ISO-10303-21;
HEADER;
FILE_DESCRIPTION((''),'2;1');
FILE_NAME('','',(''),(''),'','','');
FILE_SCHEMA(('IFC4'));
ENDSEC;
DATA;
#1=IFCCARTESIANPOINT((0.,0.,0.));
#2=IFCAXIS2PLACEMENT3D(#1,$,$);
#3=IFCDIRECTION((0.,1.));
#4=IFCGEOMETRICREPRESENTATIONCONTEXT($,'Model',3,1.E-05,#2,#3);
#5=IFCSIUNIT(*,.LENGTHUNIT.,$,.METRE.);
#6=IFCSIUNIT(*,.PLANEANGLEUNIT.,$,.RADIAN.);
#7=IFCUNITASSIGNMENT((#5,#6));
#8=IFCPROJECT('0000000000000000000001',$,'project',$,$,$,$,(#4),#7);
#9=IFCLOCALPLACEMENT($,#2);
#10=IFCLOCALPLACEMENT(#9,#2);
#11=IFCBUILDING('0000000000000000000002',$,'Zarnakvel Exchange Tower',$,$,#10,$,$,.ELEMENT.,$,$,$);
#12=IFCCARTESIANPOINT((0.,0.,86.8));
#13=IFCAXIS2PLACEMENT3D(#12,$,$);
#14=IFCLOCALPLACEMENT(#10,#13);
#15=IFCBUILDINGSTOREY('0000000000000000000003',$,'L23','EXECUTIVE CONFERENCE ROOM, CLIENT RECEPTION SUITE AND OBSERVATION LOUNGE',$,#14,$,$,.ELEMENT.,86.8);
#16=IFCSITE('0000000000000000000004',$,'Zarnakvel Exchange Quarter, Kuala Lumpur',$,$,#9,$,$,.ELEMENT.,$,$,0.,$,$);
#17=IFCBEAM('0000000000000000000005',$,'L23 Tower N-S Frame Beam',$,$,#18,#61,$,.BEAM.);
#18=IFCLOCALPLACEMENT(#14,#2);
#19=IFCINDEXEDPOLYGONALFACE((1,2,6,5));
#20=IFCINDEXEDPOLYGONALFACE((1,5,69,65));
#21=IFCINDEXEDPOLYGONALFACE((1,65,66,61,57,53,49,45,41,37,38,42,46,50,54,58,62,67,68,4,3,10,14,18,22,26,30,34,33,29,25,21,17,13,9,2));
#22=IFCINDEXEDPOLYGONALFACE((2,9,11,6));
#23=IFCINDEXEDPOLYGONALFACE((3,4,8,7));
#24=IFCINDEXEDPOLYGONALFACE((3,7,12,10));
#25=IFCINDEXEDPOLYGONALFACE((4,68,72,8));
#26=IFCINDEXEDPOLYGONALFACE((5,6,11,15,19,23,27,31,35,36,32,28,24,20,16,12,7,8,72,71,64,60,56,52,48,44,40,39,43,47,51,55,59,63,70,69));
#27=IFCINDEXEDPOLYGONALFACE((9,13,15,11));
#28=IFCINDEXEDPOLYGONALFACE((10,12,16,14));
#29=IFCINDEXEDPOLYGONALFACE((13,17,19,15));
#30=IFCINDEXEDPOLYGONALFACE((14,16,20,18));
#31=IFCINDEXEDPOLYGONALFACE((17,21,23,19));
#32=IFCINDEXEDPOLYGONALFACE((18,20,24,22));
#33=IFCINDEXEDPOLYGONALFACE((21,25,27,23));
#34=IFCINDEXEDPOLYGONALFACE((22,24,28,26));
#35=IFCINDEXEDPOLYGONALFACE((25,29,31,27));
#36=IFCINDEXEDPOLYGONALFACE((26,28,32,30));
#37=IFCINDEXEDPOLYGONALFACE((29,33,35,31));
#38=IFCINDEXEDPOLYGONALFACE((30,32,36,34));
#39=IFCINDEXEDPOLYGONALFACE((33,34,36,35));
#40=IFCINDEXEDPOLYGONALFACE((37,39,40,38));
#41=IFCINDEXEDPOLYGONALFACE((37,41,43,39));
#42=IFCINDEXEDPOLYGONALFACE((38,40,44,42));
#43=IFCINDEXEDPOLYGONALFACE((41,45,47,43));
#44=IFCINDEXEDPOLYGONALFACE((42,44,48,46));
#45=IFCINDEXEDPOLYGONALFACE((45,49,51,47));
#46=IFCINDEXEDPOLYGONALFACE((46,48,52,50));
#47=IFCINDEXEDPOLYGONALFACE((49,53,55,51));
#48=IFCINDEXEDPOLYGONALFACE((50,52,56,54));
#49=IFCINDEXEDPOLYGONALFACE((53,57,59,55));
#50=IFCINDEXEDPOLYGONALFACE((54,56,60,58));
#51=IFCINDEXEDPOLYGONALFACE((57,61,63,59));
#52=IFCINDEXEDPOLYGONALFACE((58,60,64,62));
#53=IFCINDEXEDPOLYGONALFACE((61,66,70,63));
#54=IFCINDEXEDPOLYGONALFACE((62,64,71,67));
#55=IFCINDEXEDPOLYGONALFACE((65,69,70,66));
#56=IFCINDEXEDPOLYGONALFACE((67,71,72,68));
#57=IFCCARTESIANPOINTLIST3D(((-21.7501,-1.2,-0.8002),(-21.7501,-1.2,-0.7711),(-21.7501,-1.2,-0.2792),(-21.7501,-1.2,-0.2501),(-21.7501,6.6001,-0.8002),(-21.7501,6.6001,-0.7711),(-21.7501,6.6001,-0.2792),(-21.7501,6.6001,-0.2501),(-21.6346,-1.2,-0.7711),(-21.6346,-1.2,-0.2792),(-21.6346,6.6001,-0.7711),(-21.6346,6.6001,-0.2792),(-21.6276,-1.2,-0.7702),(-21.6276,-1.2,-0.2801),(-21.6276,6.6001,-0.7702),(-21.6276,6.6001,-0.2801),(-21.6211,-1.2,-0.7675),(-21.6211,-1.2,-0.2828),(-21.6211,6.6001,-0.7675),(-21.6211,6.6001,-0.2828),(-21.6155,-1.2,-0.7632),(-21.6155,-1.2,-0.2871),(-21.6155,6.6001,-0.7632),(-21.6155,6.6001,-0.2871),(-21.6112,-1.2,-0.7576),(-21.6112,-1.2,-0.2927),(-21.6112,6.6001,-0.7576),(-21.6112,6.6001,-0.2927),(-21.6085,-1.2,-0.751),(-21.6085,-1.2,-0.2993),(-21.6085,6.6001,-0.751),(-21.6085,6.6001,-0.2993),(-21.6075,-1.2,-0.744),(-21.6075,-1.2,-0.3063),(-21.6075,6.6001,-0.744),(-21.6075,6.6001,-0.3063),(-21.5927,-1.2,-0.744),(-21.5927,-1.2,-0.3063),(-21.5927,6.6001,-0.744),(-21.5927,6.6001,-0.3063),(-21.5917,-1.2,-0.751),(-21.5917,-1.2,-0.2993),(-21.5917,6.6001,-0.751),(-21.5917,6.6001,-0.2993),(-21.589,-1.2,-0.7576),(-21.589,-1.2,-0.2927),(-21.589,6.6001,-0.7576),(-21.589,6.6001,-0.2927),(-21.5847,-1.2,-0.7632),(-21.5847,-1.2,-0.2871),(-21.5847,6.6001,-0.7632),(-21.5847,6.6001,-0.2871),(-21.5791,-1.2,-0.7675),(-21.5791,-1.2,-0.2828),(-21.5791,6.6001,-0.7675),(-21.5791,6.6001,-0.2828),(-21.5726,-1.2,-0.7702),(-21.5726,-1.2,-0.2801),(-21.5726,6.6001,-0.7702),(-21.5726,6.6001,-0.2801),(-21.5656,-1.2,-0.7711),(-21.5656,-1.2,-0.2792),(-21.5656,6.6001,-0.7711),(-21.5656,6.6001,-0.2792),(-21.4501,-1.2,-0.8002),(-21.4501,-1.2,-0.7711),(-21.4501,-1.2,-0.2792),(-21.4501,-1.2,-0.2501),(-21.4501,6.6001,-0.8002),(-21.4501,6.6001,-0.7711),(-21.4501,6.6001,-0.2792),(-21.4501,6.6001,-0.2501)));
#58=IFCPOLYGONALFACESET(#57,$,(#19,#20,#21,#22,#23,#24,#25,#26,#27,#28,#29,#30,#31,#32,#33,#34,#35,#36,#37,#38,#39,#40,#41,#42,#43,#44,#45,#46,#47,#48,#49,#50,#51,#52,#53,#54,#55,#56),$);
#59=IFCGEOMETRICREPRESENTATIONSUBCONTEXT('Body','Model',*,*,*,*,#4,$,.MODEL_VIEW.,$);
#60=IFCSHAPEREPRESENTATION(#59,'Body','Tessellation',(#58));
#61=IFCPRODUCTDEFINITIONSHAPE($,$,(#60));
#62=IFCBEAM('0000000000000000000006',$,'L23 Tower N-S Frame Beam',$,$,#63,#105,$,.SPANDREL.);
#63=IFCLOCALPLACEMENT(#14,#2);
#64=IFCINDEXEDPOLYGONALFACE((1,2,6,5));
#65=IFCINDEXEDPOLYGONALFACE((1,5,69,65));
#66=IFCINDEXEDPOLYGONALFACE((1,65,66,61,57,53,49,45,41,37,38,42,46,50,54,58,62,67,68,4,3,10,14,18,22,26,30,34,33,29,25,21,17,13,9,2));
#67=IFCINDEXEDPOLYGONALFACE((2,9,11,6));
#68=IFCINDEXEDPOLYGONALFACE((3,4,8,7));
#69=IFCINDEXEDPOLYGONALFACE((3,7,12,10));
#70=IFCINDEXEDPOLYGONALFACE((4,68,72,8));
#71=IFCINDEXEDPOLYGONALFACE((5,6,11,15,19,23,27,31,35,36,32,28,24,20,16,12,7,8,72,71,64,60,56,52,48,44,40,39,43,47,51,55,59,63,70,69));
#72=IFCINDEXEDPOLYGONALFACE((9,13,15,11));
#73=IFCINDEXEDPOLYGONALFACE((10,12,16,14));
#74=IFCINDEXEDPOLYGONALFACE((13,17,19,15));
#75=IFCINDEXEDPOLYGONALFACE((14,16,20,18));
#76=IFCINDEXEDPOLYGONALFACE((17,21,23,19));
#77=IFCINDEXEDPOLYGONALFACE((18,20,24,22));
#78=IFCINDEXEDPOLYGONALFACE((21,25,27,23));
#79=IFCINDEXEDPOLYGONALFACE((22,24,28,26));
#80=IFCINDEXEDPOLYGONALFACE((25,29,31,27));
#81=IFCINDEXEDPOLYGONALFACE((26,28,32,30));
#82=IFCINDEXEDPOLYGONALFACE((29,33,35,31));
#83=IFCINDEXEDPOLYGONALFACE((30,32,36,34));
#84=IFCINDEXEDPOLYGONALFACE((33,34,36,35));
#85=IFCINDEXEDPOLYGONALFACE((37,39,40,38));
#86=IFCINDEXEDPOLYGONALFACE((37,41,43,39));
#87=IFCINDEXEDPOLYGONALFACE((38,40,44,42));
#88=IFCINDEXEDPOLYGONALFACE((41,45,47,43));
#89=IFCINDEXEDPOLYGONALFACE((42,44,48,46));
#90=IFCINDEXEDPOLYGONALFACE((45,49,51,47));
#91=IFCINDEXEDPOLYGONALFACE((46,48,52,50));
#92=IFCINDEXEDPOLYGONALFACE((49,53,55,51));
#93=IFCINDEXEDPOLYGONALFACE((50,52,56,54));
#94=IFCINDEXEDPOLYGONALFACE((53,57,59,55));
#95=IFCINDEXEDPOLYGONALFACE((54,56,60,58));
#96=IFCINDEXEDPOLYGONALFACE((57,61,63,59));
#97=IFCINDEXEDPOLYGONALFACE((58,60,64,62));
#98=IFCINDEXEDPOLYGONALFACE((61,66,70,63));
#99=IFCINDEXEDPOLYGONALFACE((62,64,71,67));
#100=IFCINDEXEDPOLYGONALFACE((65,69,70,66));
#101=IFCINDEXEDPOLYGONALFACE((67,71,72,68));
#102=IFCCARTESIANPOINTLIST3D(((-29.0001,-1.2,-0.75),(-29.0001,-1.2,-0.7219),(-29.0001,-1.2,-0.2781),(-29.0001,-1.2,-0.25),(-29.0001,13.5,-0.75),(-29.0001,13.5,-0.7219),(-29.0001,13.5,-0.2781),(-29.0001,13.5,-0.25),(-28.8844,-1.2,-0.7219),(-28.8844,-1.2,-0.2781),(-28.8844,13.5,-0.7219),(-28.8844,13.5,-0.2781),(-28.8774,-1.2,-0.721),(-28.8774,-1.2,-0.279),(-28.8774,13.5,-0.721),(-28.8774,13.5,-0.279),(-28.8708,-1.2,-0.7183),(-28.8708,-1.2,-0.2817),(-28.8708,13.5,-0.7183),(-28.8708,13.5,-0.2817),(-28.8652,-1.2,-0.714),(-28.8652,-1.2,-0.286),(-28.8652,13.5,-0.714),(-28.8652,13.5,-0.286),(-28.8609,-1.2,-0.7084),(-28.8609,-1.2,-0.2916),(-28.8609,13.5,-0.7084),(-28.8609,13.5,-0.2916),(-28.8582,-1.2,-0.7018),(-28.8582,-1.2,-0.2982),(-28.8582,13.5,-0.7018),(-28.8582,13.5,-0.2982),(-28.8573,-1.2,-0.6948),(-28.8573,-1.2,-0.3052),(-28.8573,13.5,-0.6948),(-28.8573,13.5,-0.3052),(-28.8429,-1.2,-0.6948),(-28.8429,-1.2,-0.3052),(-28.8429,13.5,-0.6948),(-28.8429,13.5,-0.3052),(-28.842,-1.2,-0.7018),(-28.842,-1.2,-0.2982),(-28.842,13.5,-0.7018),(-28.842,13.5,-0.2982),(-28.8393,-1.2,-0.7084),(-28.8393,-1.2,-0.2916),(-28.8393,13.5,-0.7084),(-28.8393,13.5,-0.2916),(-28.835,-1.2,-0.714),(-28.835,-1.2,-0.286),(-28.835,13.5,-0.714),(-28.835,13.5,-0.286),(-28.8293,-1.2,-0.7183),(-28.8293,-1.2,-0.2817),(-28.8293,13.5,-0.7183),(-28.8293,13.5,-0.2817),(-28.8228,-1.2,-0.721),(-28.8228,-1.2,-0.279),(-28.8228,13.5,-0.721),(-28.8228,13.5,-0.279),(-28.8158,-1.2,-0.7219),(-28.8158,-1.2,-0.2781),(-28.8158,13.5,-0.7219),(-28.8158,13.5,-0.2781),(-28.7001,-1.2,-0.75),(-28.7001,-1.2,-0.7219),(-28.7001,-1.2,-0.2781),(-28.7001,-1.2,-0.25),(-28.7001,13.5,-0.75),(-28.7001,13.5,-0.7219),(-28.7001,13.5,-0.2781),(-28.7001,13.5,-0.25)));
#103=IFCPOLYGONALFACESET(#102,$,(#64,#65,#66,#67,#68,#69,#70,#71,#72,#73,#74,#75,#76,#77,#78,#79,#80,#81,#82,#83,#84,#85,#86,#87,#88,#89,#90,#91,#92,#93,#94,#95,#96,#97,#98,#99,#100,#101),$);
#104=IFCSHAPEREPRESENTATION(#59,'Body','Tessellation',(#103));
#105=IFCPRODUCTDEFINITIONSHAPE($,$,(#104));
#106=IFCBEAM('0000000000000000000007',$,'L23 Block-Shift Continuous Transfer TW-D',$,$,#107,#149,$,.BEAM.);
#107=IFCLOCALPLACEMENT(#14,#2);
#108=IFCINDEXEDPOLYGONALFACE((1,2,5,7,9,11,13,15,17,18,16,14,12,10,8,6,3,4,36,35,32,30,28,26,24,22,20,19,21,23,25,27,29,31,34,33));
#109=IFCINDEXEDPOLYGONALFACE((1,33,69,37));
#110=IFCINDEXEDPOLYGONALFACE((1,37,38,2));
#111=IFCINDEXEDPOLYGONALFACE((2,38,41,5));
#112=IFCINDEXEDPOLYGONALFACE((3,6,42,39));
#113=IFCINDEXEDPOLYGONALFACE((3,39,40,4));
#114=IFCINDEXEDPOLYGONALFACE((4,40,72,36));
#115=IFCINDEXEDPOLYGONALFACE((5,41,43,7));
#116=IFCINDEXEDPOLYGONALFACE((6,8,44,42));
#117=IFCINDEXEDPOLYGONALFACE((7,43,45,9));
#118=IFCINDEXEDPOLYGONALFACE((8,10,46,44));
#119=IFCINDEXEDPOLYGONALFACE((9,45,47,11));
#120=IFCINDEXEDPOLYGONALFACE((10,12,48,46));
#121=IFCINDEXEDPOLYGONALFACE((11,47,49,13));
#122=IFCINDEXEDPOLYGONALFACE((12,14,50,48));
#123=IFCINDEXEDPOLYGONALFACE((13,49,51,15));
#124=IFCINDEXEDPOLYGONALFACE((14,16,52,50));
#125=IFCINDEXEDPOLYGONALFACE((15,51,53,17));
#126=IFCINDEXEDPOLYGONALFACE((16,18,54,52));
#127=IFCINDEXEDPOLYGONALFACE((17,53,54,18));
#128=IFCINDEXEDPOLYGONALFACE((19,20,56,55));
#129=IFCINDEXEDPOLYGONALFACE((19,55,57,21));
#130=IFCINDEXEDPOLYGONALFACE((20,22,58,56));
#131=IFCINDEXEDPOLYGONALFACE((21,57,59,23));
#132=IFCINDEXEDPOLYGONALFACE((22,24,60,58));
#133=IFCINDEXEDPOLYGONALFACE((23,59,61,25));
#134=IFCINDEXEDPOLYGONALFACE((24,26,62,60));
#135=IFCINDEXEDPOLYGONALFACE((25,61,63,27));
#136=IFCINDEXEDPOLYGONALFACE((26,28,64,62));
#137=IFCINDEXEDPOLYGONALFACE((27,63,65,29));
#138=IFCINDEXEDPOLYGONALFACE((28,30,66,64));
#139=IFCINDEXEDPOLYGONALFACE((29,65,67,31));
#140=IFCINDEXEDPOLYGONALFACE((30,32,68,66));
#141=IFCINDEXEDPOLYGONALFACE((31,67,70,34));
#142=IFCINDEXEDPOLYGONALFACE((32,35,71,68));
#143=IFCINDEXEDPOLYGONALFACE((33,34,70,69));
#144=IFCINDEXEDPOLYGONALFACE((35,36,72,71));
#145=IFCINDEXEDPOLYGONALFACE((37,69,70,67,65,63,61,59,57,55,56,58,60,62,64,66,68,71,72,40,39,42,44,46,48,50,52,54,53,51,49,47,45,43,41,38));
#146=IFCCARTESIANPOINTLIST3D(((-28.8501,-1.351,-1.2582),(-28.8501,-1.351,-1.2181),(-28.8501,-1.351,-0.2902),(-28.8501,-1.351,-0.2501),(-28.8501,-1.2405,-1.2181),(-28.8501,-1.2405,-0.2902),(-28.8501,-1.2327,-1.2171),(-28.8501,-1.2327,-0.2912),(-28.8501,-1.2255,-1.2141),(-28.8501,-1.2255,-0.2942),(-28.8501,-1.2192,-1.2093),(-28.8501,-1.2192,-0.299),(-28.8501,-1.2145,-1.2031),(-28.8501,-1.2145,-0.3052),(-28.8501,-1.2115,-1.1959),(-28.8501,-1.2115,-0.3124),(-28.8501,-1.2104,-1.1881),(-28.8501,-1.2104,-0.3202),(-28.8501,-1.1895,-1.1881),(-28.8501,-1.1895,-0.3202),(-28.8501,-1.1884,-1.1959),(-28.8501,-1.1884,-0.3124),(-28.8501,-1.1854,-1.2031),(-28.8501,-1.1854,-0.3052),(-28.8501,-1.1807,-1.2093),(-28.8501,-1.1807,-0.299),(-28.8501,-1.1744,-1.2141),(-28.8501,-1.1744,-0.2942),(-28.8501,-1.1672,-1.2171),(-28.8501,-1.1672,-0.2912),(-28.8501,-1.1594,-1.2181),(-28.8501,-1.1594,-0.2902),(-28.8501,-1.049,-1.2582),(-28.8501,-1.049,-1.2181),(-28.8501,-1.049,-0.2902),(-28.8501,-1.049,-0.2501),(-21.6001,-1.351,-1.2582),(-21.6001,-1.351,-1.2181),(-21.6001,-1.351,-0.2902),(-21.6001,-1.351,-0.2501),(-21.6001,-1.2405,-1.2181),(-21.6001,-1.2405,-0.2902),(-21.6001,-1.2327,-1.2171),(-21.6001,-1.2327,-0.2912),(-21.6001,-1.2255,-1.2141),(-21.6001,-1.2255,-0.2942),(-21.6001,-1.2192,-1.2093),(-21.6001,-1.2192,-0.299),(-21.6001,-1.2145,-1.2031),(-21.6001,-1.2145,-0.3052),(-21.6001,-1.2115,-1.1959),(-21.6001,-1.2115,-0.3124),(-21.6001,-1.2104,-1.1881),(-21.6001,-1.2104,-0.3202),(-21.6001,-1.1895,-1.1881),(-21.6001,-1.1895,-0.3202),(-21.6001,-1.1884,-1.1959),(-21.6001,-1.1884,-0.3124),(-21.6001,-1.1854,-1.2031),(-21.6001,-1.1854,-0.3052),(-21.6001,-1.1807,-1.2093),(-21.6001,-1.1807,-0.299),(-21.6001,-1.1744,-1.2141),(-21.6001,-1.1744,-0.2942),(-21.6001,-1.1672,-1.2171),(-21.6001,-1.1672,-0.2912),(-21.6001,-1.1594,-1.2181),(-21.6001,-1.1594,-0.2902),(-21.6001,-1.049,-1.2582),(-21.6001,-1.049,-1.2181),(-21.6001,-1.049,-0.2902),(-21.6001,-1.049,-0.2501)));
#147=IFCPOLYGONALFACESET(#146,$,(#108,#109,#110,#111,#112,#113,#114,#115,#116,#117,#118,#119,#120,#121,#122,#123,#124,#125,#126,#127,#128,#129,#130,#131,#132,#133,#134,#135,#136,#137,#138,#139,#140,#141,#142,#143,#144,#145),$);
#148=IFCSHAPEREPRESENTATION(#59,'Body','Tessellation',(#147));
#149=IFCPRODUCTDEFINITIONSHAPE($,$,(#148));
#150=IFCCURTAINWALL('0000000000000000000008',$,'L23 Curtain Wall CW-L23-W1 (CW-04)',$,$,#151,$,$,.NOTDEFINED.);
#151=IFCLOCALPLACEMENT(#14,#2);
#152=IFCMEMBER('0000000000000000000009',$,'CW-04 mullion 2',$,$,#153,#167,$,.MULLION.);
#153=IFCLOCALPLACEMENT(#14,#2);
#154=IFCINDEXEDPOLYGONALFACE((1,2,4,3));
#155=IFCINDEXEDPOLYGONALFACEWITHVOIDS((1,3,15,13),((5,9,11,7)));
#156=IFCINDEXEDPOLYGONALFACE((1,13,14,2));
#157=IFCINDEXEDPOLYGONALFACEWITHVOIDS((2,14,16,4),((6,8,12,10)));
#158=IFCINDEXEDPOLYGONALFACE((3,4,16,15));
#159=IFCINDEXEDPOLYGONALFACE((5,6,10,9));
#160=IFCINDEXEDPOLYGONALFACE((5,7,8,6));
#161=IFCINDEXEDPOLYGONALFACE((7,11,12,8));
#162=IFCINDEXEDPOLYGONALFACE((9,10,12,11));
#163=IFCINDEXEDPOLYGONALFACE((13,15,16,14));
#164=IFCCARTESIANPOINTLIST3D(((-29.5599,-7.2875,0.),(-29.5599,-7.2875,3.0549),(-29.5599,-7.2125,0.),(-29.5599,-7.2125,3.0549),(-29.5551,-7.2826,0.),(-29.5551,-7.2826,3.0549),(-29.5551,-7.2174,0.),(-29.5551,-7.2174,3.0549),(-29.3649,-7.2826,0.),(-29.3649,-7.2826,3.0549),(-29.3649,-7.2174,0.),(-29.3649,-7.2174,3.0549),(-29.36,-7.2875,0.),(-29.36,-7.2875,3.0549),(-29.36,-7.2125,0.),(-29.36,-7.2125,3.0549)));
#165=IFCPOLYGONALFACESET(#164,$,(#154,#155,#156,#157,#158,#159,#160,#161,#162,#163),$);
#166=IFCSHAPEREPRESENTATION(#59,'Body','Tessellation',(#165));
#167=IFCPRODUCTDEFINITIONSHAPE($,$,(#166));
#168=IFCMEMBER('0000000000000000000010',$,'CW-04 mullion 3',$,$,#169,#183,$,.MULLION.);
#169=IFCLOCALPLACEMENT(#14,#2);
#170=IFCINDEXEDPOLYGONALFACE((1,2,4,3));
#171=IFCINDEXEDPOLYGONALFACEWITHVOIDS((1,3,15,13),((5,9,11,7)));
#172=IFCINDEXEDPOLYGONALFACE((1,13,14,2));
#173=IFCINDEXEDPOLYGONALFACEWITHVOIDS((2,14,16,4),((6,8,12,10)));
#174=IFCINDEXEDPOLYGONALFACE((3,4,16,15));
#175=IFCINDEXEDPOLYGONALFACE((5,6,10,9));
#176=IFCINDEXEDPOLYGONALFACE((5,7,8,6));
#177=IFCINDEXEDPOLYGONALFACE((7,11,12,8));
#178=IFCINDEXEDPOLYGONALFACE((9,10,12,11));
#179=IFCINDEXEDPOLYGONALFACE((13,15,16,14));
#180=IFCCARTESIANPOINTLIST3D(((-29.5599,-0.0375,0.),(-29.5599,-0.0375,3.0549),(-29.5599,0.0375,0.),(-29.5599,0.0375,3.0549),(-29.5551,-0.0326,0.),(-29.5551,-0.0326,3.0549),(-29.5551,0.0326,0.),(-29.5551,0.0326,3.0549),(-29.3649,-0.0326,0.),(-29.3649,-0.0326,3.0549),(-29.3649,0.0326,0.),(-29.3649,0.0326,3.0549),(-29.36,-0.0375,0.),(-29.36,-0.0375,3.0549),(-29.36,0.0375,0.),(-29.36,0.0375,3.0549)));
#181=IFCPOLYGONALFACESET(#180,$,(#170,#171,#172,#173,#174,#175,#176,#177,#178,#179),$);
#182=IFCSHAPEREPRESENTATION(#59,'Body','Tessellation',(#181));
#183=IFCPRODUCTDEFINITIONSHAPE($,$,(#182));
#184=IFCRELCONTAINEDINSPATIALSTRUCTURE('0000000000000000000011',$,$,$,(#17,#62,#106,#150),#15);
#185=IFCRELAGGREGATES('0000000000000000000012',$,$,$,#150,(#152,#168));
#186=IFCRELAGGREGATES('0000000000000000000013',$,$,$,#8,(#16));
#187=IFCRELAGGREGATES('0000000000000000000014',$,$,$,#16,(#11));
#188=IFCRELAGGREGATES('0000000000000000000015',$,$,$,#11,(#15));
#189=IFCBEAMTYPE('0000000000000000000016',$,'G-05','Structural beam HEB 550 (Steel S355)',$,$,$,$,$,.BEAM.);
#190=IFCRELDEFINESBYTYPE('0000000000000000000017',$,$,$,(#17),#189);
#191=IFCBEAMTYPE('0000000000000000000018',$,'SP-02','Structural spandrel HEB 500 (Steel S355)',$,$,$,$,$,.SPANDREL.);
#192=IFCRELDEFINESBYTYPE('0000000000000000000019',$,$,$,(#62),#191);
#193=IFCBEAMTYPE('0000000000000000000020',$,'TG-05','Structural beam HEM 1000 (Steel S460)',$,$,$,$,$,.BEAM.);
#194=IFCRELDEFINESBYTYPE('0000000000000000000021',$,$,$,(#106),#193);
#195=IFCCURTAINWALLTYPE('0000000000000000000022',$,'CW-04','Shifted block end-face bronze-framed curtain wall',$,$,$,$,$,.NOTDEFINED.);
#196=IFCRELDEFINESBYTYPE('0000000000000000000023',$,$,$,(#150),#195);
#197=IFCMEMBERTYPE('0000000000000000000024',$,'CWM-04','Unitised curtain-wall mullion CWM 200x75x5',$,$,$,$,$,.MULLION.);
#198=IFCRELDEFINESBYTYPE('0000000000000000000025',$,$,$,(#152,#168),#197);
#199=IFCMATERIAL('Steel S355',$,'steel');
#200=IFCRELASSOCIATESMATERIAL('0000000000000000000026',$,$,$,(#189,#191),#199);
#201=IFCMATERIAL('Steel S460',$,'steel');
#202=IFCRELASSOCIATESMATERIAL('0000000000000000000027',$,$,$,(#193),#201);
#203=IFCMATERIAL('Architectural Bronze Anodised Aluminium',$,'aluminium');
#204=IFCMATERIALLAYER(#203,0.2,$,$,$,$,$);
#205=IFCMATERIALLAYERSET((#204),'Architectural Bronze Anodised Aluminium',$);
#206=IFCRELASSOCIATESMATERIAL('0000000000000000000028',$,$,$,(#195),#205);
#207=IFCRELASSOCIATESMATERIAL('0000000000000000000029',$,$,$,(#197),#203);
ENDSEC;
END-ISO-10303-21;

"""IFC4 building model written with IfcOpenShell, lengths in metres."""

from ifc_helpers import new_model, si_unit, direction, frame, origin, origin_2d, place, context, subcontext, project, spatial, hollow_rectangle, i_section, extrude, source, transform, mapped, material, layer, layer_set, material_profile, profile_set, type_object, element, aggregate, save


model = new_model("IFC4")

# Units and contexts
model_context = context("Model", 3, precision=1e-05, world=origin(), true_north=direction((0.0, 1.0)))
body_context = subcontext(model_context, "Body", "Model", "MODEL_VIEW")
ifc_project = project(units=[si_unit("LENGTHUNIT", "METRE"), si_unit("PLANEANGLEUNIT", "RADIAN")], contexts=[model_context])

# Site, building, storey
site_placement = place(None, origin())
site = spatial("IfcSite", under=ifc_project, at=site_placement, Name="Zarnakvel Exchange Quarter, Kuala Lumpur", CompositionType="ELEMENT", RefElevation=0.0)
building_placement = place(site_placement, origin())
building = spatial("IfcBuilding", under=site, at=building_placement, Name="Zarnakvel Exchange Tower", CompositionType="ELEMENT")
storey_placement = place(building_placement, frame((0.0, 0.0, 86.8)))
storey = spatial("IfcBuildingStorey", under=building, at=storey_placement, Name="L23", Description="EXECUTIVE CONFERENCE ROOM, CLIENT RECEPTION SUITE AND OBSERVATION LOUNGE", CompositionType="ELEMENT", Elevation=86.8)

# Shared definitions
ifc_material_1 = material(Name="Steel S355", Category="steel")

# Beams
ifc_material_profile_1 = material_profile(ifc_material_1, i_section(OverallWidth=0.3, OverallDepth=0.55, WebThickness=0.0149, FlangeThickness=0.0291, FilletRadius=0.0271, at=origin_2d()))
ifc_profile_set_1 = profile_set([ifc_material_profile_1], Name="Steel S355")
beam_type_1 = type_object("IfcBeamType", Name="G-05", Description="Structural beam HEB 550 (Steel S355)", PredefinedType="BEAM", material=ifc_profile_set_1)
beam_1_placement = place(storey_placement, frame((-21.6001, -1.2, -0.5251), z_axis=(0.0, 1.0, 0.0), x_axis=(-1.0, 0.0, 0.0)))
element("IfcBeam", 1, at=beam_1_placement, inside=storey, type_object=beam_type_1, Name="L23 Tower N-S Frame Beam", PredefinedType="BEAM", context=body_context, shape_type="SweptSolid", body=[
    extrude(i_section(OverallWidth=0.3, OverallDepth=0.55, WebThickness=0.0149, FlangeThickness=0.0291, FilletRadius=0.0271, at=origin_2d()), origin(), (0.0, 0.0, 1.0), 7.8),
])
ifc_material_profile_2 = material_profile(ifc_material_1, i_section(OverallWidth=0.3, OverallDepth=0.5, WebThickness=0.0144, FlangeThickness=0.0281, FilletRadius=0.0271, at=origin_2d()))
ifc_profile_set_2 = profile_set([ifc_material_profile_2], Name="Steel S355")
beam_type_2 = type_object("IfcBeamType", Name="SP-02", Description="Structural spandrel HEB 500 (Steel S355)", PredefinedType="SPANDREL", material=ifc_profile_set_2)
beam_2_placement = place(storey_placement, frame((-28.8501, -1.2, -0.5), z_axis=(0.0, 1.0, 0.0), x_axis=(-1.0, 0.0, 0.0)))
element("IfcBeam", 2, at=beam_2_placement, inside=storey, type_object=beam_type_2, Name="L23 Tower N-S Frame Beam", PredefinedType="SPANDREL", context=body_context, shape_type="SweptSolid", body=[
    extrude(i_section(OverallWidth=0.3, OverallDepth=0.5, WebThickness=0.0144, FlangeThickness=0.0281, FilletRadius=0.0271, at=origin_2d()), origin(), (0.0, 0.0, 1.0), 14.7),
])
ifc_material_2 = material(Name="Steel S460", Category="steel")
ifc_material_profile_3 = material_profile(ifc_material_2, i_section(OverallWidth=0.302, OverallDepth=1.0081, WebThickness=0.021, FlangeThickness=0.04, FilletRadius=0.03, at=origin_2d()))
ifc_profile_set_3 = profile_set([ifc_material_profile_3], Name="Steel S460")
beam_type_3 = type_object("IfcBeamType", Name="TG-05", Description="Structural beam HEM 1000 (Steel S460)", PredefinedType="BEAM", material=ifc_profile_set_3)
beam_3_placement = place(storey_placement, frame((-28.8501, -1.2, -0.7542), z_axis=(1.0, 0.0, 0.0), x_axis=(0.0, 1.0, 0.0)))
element("IfcBeam", 3, at=beam_3_placement, inside=storey, type_object=beam_type_3, Name="L23 Block-Shift Continuous Transfer TW-D", PredefinedType="BEAM", context=body_context, shape_type="SweptSolid", body=[
    extrude(i_section(OverallWidth=0.302, OverallDepth=1.0081, WebThickness=0.021, FlangeThickness=0.04, FilletRadius=0.03, at=origin_2d()), origin(), (0.0, 0.0, 1.0), 7.25),
])

# Curtain wall, members
ifc_material_3 = material(Name="Architectural Bronze Anodised Aluminium", Category="aluminium")
ifc_layer_1 = layer(ifc_material_3, 0.2)
ifc_layer_set_1 = layer_set([ifc_layer_1], Name="Architectural Bronze Anodised Aluminium")
curtain_wall_type = type_object("IfcCurtainWallType", Name="CW-04", Description="Shifted block end-face bronze-framed curtain wall", PredefinedType="NOTDEFINED", material=ifc_layer_set_1)
curtain_wall_placement = place(storey_placement, origin())
curtain_wall = element("IfcCurtainWall", 4, at=curtain_wall_placement, inside=storey, type_object=curtain_wall_type, Name="L23 Curtain Wall CW-L23-W1 (CW-04)", PredefinedType="NOTDEFINED")
ifc_material_profile_4 = material_profile(ifc_material_3, hollow_rectangle(XDim=0.2, YDim=0.075, WallThickness=0.0049, at=origin_2d()))
ifc_profile_set_4 = profile_set([ifc_material_profile_4], Name="Architectural Bronze Anodised Aluminium")
member_type_1 = type_object("IfcMemberType", Name="CWM-04", Description="Unitised curtain-wall mullion CWM 200x75x5", PredefinedType="MULLION", material=ifc_profile_set_4)
shared_shape_1 = source(origin(), body_context, "Body", "SweptSolid", [
    extrude(hollow_rectangle(XDim=0.2, YDim=0.075, WallThickness=0.0049, at=origin_2d()), origin(), (0.0, 0.0, 1.0), 3.0549),
])
member_1_placement = place(storey_placement, frame((-29.46, -7.25, 0.0), z_axis=(0.0, 0.0, 1.0), x_axis=(-1.0, 0.0, 0.0)))
member_1 = element("IfcMember", 5, at=member_1_placement, type_object=member_type_1, Name="CW-04 mullion 2", PredefinedType="MULLION", context=body_context, shape_type="MappedRepresentation", body=[
    mapped(shared_shape_1, transform((0.0, 0.0, 0.0), x_axis=(1.0, 0.0, 0.0), y_axis=(0.0, 1.0, 0.0), z_axis=(0.0, 0.0, 1.0), scale=1.0)),
])
member_2_placement = place(storey_placement, frame((-29.46, 0.0, 0.0), z_axis=(0.0, 0.0, 1.0), x_axis=(-1.0, 0.0, 0.0)))
member_2 = element("IfcMember", 6, at=member_2_placement, type_object=member_type_1, Name="CW-04 mullion 3", PredefinedType="MULLION", context=body_context, shape_type="MappedRepresentation", body=[
    mapped(shared_shape_1, transform((0.0, 0.0, 0.0), x_axis=(1.0, 0.0, 0.0), y_axis=(0.0, 1.0, 0.0), z_axis=(0.0, 0.0, 1.0), scale=1.0)),
])
aggregate(curtain_wall, [member_1, member_2])

save(model, "model.ifc")
